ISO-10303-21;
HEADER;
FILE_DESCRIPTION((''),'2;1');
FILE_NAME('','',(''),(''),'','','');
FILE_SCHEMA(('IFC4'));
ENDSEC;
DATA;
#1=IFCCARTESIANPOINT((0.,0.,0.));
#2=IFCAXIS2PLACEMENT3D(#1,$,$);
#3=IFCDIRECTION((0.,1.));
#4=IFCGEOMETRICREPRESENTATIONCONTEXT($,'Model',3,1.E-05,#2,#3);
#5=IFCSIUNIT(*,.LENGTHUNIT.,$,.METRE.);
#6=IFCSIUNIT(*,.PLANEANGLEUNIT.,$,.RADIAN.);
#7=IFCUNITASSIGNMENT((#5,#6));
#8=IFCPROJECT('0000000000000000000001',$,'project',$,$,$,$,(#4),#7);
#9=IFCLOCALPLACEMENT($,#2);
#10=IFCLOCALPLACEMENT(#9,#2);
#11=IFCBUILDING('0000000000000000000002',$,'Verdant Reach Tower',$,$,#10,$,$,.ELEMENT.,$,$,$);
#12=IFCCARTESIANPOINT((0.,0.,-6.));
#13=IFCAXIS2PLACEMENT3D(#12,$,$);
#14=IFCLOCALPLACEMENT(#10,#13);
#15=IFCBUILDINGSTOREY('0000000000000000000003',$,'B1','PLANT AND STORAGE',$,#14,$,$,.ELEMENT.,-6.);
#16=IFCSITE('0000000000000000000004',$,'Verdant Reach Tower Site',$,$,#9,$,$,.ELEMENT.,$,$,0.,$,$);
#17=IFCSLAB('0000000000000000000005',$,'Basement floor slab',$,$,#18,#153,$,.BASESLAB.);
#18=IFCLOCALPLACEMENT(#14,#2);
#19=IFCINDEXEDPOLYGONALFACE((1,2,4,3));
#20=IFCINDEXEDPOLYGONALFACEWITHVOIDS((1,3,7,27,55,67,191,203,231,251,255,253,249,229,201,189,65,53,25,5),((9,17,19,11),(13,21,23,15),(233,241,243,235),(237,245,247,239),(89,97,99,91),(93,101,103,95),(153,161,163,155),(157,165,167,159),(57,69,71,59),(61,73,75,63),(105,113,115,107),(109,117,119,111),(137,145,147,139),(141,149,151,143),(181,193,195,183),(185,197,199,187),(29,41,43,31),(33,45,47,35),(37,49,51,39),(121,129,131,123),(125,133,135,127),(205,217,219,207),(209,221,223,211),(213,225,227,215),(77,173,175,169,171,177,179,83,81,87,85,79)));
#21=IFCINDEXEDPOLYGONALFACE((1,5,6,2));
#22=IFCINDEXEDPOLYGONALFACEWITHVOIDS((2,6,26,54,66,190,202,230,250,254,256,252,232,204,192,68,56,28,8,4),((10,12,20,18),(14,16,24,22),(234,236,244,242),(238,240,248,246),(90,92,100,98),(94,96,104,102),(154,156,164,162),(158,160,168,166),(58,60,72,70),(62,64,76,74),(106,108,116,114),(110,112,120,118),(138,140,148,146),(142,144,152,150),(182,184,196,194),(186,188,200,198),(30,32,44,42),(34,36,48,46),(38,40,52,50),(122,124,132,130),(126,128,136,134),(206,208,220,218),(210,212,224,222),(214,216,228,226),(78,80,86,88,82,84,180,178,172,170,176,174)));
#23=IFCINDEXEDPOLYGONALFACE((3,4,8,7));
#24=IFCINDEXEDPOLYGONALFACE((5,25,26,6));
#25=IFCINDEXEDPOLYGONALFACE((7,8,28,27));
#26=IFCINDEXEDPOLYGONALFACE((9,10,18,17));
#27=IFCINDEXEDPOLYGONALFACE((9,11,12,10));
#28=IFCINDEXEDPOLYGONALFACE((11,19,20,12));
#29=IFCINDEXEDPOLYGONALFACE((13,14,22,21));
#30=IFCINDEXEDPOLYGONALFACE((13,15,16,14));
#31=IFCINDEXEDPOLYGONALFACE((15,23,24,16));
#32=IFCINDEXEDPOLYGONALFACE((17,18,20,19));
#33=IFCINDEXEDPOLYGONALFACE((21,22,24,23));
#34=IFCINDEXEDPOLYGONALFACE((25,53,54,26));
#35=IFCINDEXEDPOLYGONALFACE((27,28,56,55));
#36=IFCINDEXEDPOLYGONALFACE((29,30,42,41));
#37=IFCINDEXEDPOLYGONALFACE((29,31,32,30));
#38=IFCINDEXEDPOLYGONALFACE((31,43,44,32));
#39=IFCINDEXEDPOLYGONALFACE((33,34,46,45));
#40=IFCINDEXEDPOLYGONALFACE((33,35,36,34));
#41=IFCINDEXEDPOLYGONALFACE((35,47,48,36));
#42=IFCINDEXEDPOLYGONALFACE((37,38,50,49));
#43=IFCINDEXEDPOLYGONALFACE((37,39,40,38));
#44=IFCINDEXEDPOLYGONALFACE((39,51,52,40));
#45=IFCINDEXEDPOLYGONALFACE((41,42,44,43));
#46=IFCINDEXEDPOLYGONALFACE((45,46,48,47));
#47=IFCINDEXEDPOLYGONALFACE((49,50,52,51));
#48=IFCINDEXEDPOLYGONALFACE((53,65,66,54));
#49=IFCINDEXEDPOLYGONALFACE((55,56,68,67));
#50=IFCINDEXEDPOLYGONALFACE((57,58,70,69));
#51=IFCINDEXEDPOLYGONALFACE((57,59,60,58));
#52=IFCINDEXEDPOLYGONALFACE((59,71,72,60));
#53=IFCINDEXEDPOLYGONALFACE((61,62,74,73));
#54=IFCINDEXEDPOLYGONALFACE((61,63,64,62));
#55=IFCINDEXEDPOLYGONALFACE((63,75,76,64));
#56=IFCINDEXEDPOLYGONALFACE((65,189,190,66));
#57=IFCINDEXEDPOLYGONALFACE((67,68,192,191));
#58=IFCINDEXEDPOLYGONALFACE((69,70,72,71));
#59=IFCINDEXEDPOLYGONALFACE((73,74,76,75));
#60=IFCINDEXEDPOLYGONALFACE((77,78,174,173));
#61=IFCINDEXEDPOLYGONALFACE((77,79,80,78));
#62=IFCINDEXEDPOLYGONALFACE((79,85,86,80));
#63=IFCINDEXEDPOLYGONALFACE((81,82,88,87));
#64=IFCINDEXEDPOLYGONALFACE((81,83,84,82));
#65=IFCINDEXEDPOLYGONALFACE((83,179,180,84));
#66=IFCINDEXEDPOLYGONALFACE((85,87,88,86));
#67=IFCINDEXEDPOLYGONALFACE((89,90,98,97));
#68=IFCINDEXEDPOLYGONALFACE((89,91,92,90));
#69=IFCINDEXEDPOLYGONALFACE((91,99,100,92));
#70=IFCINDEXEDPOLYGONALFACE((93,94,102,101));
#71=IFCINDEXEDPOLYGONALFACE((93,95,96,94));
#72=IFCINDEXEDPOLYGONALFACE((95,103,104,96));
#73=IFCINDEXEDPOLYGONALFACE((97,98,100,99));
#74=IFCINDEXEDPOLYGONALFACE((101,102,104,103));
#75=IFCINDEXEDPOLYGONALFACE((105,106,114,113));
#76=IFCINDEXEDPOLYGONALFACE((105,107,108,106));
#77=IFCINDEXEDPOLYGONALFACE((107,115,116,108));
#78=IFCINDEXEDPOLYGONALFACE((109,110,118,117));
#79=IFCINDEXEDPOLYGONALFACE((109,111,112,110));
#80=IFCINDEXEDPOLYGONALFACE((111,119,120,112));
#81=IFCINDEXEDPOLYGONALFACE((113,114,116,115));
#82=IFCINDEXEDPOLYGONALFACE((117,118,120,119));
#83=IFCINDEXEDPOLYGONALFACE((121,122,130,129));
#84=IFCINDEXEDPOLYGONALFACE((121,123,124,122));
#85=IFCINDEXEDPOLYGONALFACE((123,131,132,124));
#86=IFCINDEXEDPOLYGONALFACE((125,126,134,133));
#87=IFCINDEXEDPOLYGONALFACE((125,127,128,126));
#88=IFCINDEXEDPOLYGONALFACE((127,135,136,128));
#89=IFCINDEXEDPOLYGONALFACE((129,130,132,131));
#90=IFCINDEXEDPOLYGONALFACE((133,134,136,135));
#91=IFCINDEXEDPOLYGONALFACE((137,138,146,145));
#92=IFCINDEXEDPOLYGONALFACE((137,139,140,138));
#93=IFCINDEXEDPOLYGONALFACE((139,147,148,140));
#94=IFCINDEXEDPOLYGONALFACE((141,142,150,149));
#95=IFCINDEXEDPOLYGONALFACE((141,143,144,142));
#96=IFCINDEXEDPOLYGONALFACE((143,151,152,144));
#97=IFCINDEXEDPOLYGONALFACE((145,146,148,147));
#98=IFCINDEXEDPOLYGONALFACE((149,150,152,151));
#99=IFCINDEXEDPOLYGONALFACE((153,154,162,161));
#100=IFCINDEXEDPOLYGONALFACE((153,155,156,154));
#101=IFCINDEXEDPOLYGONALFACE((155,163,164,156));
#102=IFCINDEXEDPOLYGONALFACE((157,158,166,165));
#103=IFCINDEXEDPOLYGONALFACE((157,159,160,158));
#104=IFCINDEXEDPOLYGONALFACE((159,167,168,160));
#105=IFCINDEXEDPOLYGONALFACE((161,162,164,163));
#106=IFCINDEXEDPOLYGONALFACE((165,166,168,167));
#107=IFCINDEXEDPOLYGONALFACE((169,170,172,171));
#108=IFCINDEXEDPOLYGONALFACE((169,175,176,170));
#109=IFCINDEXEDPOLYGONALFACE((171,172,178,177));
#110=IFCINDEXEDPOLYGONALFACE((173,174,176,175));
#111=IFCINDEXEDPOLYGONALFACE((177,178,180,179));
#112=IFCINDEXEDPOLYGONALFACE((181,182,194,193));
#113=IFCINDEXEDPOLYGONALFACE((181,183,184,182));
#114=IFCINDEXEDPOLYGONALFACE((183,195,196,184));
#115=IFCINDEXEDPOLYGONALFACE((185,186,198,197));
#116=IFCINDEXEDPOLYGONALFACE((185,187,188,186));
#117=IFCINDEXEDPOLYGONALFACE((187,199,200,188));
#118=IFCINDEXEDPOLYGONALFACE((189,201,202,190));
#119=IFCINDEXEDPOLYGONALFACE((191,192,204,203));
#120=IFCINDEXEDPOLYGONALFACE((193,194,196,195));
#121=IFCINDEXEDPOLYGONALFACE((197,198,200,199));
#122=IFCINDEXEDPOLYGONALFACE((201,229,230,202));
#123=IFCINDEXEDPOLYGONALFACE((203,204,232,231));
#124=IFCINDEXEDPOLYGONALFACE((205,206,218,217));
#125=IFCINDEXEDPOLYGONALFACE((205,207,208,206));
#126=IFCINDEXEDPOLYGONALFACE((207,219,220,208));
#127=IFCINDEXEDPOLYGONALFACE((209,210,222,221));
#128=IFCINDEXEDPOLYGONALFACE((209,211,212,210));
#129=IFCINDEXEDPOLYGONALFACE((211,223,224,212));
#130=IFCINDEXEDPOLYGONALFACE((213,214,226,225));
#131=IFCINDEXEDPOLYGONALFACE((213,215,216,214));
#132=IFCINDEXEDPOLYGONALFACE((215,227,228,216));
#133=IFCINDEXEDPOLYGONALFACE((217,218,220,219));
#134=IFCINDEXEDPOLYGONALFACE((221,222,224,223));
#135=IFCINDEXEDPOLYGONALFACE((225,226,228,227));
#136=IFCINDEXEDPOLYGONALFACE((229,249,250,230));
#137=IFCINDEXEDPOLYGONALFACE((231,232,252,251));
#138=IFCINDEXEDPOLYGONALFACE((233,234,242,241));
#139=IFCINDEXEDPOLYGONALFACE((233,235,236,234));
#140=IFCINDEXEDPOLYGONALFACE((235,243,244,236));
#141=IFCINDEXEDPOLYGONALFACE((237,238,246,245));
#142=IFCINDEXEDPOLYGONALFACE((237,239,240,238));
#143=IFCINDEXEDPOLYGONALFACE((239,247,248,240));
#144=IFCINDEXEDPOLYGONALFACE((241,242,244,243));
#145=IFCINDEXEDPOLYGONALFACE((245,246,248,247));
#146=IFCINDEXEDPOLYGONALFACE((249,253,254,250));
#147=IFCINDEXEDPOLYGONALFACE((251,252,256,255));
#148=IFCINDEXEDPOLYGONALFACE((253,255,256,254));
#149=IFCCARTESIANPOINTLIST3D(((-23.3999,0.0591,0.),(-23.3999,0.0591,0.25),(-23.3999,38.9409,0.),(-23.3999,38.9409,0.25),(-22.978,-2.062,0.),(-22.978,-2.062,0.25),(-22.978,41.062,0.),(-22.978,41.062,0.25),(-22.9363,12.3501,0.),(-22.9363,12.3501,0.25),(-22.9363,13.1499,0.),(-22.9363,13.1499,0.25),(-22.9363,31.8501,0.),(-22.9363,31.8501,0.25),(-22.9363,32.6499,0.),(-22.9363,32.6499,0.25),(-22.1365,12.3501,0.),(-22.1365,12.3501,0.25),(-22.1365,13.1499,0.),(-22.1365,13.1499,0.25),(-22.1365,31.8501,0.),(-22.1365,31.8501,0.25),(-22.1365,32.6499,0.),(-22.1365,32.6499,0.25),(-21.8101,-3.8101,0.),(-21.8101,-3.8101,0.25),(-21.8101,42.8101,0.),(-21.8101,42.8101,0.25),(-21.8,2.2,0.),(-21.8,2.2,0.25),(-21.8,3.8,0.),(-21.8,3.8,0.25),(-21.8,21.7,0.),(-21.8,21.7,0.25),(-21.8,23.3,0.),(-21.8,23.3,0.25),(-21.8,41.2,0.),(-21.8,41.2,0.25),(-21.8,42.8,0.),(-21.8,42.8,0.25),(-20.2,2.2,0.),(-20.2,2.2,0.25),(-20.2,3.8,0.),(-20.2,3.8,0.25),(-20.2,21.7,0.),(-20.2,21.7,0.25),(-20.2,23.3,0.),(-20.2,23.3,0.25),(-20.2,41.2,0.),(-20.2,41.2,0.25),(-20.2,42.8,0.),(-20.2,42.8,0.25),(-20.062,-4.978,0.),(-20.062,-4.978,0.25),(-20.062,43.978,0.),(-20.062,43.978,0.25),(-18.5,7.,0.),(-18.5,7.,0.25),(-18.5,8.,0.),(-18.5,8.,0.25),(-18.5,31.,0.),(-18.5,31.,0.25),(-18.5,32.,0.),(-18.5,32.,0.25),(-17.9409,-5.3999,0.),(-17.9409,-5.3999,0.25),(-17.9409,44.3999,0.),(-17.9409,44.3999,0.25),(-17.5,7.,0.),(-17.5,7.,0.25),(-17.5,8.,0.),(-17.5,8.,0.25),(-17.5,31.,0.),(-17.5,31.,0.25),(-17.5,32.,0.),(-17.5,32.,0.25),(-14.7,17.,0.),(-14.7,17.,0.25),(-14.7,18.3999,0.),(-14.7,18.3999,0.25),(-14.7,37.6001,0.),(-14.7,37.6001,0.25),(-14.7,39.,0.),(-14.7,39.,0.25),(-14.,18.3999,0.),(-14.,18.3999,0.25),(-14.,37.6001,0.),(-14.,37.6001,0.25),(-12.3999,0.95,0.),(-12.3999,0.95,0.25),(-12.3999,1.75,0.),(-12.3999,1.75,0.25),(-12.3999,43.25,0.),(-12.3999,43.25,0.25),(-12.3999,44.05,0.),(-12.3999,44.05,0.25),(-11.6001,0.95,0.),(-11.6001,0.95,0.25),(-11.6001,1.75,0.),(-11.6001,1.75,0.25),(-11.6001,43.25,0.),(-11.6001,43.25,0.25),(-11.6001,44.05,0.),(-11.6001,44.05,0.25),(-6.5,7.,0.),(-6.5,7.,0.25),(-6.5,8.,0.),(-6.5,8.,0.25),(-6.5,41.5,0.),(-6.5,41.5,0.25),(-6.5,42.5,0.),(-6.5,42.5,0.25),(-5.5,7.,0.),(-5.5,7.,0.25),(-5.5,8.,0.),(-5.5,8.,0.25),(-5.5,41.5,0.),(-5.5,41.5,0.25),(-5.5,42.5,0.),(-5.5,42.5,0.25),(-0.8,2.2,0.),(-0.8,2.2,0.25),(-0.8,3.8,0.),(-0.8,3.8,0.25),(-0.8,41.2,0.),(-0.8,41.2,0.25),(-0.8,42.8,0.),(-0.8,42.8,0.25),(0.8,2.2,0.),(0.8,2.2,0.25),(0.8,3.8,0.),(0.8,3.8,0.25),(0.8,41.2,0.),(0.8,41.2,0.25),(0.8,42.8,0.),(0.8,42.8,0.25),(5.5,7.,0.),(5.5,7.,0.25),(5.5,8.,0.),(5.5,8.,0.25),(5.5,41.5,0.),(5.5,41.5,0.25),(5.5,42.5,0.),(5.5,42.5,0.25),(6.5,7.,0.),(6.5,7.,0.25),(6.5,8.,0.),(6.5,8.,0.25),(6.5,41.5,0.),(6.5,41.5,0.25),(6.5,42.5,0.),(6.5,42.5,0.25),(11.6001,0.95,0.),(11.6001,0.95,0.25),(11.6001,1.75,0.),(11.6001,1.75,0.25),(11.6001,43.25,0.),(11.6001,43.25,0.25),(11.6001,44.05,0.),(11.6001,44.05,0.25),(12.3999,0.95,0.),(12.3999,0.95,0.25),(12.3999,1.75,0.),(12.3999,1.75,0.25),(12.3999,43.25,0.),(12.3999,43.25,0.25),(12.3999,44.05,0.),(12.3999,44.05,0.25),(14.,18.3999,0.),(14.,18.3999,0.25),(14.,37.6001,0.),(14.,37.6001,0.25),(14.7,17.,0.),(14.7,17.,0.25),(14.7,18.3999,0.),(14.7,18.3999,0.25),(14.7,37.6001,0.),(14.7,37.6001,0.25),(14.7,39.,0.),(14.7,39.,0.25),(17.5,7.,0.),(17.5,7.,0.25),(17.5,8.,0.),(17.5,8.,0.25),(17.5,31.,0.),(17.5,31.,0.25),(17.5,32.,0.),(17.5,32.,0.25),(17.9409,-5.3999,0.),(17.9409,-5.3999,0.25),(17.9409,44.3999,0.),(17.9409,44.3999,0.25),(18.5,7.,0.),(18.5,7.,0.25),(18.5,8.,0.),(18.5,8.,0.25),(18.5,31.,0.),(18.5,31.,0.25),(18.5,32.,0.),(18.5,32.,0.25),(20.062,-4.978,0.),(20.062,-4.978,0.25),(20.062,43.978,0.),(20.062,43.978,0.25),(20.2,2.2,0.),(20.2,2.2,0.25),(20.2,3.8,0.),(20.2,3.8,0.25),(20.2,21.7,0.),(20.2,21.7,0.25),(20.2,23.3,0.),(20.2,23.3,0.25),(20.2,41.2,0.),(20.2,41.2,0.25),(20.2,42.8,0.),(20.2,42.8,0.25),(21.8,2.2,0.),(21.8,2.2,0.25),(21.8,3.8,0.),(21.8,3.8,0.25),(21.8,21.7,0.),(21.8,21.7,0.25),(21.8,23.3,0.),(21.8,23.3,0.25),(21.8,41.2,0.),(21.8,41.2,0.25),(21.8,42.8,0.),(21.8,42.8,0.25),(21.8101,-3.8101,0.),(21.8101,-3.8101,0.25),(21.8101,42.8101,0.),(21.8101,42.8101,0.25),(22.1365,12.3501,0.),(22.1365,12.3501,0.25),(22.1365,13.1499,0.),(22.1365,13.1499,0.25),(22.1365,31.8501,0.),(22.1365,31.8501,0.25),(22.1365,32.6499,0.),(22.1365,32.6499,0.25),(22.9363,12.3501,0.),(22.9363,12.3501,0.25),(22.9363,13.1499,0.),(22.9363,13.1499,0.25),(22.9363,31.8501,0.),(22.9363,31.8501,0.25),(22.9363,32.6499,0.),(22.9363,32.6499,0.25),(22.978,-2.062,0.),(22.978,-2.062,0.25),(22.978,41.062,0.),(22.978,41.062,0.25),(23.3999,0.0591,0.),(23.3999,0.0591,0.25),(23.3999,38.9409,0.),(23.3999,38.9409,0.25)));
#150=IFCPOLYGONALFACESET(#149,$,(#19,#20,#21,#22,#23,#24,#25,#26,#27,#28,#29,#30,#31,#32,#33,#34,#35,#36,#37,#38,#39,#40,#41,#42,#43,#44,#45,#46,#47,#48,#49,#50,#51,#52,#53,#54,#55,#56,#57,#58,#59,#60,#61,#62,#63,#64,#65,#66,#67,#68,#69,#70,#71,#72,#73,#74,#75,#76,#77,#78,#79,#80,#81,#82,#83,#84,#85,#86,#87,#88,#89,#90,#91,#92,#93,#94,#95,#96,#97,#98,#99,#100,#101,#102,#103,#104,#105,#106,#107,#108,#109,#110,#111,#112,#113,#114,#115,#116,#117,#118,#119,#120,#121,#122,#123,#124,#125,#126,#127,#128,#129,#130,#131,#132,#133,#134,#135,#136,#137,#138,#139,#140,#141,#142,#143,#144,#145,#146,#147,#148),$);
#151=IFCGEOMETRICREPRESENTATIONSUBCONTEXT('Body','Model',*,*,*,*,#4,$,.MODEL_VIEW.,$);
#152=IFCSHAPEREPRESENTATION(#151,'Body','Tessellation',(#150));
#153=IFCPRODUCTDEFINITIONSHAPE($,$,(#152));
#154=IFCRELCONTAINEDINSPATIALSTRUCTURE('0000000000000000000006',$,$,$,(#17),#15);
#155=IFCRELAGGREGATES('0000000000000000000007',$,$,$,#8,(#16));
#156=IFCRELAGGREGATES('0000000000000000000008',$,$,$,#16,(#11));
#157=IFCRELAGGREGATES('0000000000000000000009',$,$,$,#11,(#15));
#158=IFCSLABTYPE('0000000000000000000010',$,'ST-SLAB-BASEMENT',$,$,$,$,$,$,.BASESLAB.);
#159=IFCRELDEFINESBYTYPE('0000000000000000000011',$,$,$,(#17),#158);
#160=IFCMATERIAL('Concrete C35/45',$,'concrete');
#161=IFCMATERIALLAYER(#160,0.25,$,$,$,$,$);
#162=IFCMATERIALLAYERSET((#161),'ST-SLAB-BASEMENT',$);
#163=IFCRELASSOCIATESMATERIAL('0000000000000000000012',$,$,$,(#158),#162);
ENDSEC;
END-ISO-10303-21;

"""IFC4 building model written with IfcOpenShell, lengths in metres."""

from ifc_helpers import new_model, si_unit, direction, frame, origin, place, context, subcontext, project, spatial, polyline, outline, extrude, material, layer, layer_set, type_object, element, save


model = new_model("IFC4")

# Units and contexts
model_context = context("Model", 3, precision=1e-05, world=origin(), true_north=direction((0.0, 1.0)))
body_context = subcontext(model_context, "Body", "Model", "MODEL_VIEW")
ifc_project = project(units=[si_unit("LENGTHUNIT", "METRE"), si_unit("PLANEANGLEUNIT", "RADIAN")], contexts=[model_context])

# Site, building, storey
site_placement = place(None, origin())
site = spatial("IfcSite", under=ifc_project, at=site_placement, Name="Verdant Reach Tower Site", CompositionType="ELEMENT", RefElevation=0.0)
building_placement = place(site_placement, origin())
building = spatial("IfcBuilding", under=site, at=building_placement, Name="Verdant Reach Tower", CompositionType="ELEMENT")
storey_placement = place(building_placement, frame((0.0, 0.0, -6.0)))
storey = spatial("IfcBuildingStorey", under=building, at=storey_placement, Name="B1", Description="PLANT AND STORAGE", CompositionType="ELEMENT", Elevation=-6.0)

# Slab
ifc_material_1 = material(Name="Concrete C35/45", Category="concrete")
ifc_layer_1 = layer(ifc_material_1, 0.25)
ifc_layer_set_1 = layer_set([ifc_layer_1], Name="ST-SLAB-BASEMENT")
slab_type = type_object("IfcSlabType", Name="ST-SLAB-BASEMENT", PredefinedType="BASESLAB", material=ifc_layer_set_1)
slab_placement = place(storey_placement, origin())
element("IfcSlab", 1, at=slab_placement, inside=storey, type_object=slab_type, Name="Basement floor slab", PredefinedType="BASESLAB", context=body_context, shape_type="SweptSolid", body=[
    extrude(outline(polyline([(-17.9409, -5.3999), (-20.062, -4.978), (-21.8101, -3.8101), (-22.978, -2.062), (-23.3999, 0.0591), (-23.3999, 38.9409), (-22.978, 41.062), (-21.8101, 42.8101), (-20.062, 43.978), (-17.9409, 44.3999), (17.9409, 44.3999), (20.062, 43.978), (21.8101, 42.8101), (22.978, 41.062), (23.3999, 38.9409), (23.3999, 0.0591), (22.978, -2.062), (21.8101, -3.8101), (20.062, -4.978), (17.9409, -5.3999), (-17.9409, -5.3999)]), holes=[polyline([(-11.6001, 1.75), (-12.3999, 1.75), (-12.3999, 0.95), (-11.6001, 0.95), (-11.6001, 1.75)]), polyline([(-20.2, 2.2), (-20.2, 3.8), (-21.8, 3.8), (-21.8, 2.2), (-20.2, 2.2)]), polyline([(-17.5, 7.0), (-17.5, 8.0), (-18.5, 8.0), (-18.5, 7.0), (-17.5, 7.0)]), polyline([(-5.5, 7.0), (-5.5, 8.0), (-6.5, 8.0), (-6.5, 7.0), (-5.5, 7.0)]), polyline([(-22.1365, 12.3501), (-22.1365, 13.1499), (-22.9363, 13.1499), (-22.9363, 12.3501), (-22.1365, 12.3501)]), polyline([(-20.2, 21.7), (-20.2, 23.3), (-21.8, 23.3), (-21.8, 21.7), (-20.2, 21.7)]), polyline([(-14.0, 18.3999), (-14.7, 18.3999), (-14.7, 17.0), (14.7, 17.0), (14.7, 18.3999), (14.0, 18.3999), (14.0, 37.6001), (14.7, 37.6001), (14.7, 39.0), (-14.7, 39.0), (-14.7, 37.6001), (-14.0, 37.6001), (-14.0, 18.3999)]), polyline([(-17.5, 31.0), (-17.5, 32.0), (-18.5, 32.0), (-18.5, 31.0), (-17.5, 31.0)]), polyline([(-22.1365, 31.8501), (-22.1365, 32.6499), (-22.9363, 32.6499), (-22.9363, 31.8501), (-22.1365, 31.8501)]), polyline([(-20.2, 41.2), (-20.2, 42.8), (-21.8, 42.8), (-21.8, 41.2), (-20.2, 41.2)]), polyline([(-5.5, 41.5), (-5.5, 42.5), (-6.5, 42.5), (-6.5, 41.5), (-5.5, 41.5)]), polyline([(0.8, 41.2), (0.8, 42.8), (-0.8, 42.8), (-0.8, 41.2), (0.8, 41.2)]), polyline([(-11.6001, 43.25), (-11.6001, 44.05), (-12.3999, 44.05), (-12.3999, 43.25), (-11.6001, 43.25)]), polyline([(12.3999, 1.75), (11.6001, 1.75), (11.6001, 0.95), (12.3999, 0.95), (12.3999, 1.75)]), polyline([(0.8, 2.2), (0.8, 3.8), (-0.8, 3.8), (-0.8, 2.2), (0.8, 2.2)]), polyline([(21.8, 2.2), (21.8, 3.8), (20.2, 3.8), (20.2, 2.2), (21.8, 2.2)]), polyline([(6.5, 7.0), (6.5, 8.0), (5.5, 8.0), (5.5, 7.0), (6.5, 7.0)]), polyline([(18.5, 7.0), (18.5, 8.0), (17.5, 8.0), (17.5, 7.0), (18.5, 7.0)]), polyline([(22.9363, 12.3501), (22.9363, 13.1499), (22.1365, 13.1499), (22.1365, 12.3501), (22.9363, 12.3501)]), polyline([(21.8, 21.7), (21.8, 23.3), (20.2, 23.3), (20.2, 21.7), (21.8, 21.7)]), polyline([(18.5, 31.0), (18.5, 32.0), (17.5, 32.0), (17.5, 31.0), (18.5, 31.0)]), polyline([(22.9363, 31.8501), (22.9363, 32.6499), (22.1365, 32.6499), (22.1365, 31.8501), (22.9363, 31.8501)]), polyline([(6.5, 41.5), (6.5, 42.5), (5.5, 42.5), (5.5, 41.5), (6.5, 41.5)]), polyline([(21.8, 41.2), (21.8, 42.8), (20.2, 42.8), (20.2, 41.2), (21.8, 41.2)]), polyline([(12.3999, 43.25), (12.3999, 44.05), (11.6001, 44.05), (11.6001, 43.25), (12.3999, 43.25)])]), origin(), (0.0, 0.0, 1.0), 0.25),
])

save(model, "model.ifc")
